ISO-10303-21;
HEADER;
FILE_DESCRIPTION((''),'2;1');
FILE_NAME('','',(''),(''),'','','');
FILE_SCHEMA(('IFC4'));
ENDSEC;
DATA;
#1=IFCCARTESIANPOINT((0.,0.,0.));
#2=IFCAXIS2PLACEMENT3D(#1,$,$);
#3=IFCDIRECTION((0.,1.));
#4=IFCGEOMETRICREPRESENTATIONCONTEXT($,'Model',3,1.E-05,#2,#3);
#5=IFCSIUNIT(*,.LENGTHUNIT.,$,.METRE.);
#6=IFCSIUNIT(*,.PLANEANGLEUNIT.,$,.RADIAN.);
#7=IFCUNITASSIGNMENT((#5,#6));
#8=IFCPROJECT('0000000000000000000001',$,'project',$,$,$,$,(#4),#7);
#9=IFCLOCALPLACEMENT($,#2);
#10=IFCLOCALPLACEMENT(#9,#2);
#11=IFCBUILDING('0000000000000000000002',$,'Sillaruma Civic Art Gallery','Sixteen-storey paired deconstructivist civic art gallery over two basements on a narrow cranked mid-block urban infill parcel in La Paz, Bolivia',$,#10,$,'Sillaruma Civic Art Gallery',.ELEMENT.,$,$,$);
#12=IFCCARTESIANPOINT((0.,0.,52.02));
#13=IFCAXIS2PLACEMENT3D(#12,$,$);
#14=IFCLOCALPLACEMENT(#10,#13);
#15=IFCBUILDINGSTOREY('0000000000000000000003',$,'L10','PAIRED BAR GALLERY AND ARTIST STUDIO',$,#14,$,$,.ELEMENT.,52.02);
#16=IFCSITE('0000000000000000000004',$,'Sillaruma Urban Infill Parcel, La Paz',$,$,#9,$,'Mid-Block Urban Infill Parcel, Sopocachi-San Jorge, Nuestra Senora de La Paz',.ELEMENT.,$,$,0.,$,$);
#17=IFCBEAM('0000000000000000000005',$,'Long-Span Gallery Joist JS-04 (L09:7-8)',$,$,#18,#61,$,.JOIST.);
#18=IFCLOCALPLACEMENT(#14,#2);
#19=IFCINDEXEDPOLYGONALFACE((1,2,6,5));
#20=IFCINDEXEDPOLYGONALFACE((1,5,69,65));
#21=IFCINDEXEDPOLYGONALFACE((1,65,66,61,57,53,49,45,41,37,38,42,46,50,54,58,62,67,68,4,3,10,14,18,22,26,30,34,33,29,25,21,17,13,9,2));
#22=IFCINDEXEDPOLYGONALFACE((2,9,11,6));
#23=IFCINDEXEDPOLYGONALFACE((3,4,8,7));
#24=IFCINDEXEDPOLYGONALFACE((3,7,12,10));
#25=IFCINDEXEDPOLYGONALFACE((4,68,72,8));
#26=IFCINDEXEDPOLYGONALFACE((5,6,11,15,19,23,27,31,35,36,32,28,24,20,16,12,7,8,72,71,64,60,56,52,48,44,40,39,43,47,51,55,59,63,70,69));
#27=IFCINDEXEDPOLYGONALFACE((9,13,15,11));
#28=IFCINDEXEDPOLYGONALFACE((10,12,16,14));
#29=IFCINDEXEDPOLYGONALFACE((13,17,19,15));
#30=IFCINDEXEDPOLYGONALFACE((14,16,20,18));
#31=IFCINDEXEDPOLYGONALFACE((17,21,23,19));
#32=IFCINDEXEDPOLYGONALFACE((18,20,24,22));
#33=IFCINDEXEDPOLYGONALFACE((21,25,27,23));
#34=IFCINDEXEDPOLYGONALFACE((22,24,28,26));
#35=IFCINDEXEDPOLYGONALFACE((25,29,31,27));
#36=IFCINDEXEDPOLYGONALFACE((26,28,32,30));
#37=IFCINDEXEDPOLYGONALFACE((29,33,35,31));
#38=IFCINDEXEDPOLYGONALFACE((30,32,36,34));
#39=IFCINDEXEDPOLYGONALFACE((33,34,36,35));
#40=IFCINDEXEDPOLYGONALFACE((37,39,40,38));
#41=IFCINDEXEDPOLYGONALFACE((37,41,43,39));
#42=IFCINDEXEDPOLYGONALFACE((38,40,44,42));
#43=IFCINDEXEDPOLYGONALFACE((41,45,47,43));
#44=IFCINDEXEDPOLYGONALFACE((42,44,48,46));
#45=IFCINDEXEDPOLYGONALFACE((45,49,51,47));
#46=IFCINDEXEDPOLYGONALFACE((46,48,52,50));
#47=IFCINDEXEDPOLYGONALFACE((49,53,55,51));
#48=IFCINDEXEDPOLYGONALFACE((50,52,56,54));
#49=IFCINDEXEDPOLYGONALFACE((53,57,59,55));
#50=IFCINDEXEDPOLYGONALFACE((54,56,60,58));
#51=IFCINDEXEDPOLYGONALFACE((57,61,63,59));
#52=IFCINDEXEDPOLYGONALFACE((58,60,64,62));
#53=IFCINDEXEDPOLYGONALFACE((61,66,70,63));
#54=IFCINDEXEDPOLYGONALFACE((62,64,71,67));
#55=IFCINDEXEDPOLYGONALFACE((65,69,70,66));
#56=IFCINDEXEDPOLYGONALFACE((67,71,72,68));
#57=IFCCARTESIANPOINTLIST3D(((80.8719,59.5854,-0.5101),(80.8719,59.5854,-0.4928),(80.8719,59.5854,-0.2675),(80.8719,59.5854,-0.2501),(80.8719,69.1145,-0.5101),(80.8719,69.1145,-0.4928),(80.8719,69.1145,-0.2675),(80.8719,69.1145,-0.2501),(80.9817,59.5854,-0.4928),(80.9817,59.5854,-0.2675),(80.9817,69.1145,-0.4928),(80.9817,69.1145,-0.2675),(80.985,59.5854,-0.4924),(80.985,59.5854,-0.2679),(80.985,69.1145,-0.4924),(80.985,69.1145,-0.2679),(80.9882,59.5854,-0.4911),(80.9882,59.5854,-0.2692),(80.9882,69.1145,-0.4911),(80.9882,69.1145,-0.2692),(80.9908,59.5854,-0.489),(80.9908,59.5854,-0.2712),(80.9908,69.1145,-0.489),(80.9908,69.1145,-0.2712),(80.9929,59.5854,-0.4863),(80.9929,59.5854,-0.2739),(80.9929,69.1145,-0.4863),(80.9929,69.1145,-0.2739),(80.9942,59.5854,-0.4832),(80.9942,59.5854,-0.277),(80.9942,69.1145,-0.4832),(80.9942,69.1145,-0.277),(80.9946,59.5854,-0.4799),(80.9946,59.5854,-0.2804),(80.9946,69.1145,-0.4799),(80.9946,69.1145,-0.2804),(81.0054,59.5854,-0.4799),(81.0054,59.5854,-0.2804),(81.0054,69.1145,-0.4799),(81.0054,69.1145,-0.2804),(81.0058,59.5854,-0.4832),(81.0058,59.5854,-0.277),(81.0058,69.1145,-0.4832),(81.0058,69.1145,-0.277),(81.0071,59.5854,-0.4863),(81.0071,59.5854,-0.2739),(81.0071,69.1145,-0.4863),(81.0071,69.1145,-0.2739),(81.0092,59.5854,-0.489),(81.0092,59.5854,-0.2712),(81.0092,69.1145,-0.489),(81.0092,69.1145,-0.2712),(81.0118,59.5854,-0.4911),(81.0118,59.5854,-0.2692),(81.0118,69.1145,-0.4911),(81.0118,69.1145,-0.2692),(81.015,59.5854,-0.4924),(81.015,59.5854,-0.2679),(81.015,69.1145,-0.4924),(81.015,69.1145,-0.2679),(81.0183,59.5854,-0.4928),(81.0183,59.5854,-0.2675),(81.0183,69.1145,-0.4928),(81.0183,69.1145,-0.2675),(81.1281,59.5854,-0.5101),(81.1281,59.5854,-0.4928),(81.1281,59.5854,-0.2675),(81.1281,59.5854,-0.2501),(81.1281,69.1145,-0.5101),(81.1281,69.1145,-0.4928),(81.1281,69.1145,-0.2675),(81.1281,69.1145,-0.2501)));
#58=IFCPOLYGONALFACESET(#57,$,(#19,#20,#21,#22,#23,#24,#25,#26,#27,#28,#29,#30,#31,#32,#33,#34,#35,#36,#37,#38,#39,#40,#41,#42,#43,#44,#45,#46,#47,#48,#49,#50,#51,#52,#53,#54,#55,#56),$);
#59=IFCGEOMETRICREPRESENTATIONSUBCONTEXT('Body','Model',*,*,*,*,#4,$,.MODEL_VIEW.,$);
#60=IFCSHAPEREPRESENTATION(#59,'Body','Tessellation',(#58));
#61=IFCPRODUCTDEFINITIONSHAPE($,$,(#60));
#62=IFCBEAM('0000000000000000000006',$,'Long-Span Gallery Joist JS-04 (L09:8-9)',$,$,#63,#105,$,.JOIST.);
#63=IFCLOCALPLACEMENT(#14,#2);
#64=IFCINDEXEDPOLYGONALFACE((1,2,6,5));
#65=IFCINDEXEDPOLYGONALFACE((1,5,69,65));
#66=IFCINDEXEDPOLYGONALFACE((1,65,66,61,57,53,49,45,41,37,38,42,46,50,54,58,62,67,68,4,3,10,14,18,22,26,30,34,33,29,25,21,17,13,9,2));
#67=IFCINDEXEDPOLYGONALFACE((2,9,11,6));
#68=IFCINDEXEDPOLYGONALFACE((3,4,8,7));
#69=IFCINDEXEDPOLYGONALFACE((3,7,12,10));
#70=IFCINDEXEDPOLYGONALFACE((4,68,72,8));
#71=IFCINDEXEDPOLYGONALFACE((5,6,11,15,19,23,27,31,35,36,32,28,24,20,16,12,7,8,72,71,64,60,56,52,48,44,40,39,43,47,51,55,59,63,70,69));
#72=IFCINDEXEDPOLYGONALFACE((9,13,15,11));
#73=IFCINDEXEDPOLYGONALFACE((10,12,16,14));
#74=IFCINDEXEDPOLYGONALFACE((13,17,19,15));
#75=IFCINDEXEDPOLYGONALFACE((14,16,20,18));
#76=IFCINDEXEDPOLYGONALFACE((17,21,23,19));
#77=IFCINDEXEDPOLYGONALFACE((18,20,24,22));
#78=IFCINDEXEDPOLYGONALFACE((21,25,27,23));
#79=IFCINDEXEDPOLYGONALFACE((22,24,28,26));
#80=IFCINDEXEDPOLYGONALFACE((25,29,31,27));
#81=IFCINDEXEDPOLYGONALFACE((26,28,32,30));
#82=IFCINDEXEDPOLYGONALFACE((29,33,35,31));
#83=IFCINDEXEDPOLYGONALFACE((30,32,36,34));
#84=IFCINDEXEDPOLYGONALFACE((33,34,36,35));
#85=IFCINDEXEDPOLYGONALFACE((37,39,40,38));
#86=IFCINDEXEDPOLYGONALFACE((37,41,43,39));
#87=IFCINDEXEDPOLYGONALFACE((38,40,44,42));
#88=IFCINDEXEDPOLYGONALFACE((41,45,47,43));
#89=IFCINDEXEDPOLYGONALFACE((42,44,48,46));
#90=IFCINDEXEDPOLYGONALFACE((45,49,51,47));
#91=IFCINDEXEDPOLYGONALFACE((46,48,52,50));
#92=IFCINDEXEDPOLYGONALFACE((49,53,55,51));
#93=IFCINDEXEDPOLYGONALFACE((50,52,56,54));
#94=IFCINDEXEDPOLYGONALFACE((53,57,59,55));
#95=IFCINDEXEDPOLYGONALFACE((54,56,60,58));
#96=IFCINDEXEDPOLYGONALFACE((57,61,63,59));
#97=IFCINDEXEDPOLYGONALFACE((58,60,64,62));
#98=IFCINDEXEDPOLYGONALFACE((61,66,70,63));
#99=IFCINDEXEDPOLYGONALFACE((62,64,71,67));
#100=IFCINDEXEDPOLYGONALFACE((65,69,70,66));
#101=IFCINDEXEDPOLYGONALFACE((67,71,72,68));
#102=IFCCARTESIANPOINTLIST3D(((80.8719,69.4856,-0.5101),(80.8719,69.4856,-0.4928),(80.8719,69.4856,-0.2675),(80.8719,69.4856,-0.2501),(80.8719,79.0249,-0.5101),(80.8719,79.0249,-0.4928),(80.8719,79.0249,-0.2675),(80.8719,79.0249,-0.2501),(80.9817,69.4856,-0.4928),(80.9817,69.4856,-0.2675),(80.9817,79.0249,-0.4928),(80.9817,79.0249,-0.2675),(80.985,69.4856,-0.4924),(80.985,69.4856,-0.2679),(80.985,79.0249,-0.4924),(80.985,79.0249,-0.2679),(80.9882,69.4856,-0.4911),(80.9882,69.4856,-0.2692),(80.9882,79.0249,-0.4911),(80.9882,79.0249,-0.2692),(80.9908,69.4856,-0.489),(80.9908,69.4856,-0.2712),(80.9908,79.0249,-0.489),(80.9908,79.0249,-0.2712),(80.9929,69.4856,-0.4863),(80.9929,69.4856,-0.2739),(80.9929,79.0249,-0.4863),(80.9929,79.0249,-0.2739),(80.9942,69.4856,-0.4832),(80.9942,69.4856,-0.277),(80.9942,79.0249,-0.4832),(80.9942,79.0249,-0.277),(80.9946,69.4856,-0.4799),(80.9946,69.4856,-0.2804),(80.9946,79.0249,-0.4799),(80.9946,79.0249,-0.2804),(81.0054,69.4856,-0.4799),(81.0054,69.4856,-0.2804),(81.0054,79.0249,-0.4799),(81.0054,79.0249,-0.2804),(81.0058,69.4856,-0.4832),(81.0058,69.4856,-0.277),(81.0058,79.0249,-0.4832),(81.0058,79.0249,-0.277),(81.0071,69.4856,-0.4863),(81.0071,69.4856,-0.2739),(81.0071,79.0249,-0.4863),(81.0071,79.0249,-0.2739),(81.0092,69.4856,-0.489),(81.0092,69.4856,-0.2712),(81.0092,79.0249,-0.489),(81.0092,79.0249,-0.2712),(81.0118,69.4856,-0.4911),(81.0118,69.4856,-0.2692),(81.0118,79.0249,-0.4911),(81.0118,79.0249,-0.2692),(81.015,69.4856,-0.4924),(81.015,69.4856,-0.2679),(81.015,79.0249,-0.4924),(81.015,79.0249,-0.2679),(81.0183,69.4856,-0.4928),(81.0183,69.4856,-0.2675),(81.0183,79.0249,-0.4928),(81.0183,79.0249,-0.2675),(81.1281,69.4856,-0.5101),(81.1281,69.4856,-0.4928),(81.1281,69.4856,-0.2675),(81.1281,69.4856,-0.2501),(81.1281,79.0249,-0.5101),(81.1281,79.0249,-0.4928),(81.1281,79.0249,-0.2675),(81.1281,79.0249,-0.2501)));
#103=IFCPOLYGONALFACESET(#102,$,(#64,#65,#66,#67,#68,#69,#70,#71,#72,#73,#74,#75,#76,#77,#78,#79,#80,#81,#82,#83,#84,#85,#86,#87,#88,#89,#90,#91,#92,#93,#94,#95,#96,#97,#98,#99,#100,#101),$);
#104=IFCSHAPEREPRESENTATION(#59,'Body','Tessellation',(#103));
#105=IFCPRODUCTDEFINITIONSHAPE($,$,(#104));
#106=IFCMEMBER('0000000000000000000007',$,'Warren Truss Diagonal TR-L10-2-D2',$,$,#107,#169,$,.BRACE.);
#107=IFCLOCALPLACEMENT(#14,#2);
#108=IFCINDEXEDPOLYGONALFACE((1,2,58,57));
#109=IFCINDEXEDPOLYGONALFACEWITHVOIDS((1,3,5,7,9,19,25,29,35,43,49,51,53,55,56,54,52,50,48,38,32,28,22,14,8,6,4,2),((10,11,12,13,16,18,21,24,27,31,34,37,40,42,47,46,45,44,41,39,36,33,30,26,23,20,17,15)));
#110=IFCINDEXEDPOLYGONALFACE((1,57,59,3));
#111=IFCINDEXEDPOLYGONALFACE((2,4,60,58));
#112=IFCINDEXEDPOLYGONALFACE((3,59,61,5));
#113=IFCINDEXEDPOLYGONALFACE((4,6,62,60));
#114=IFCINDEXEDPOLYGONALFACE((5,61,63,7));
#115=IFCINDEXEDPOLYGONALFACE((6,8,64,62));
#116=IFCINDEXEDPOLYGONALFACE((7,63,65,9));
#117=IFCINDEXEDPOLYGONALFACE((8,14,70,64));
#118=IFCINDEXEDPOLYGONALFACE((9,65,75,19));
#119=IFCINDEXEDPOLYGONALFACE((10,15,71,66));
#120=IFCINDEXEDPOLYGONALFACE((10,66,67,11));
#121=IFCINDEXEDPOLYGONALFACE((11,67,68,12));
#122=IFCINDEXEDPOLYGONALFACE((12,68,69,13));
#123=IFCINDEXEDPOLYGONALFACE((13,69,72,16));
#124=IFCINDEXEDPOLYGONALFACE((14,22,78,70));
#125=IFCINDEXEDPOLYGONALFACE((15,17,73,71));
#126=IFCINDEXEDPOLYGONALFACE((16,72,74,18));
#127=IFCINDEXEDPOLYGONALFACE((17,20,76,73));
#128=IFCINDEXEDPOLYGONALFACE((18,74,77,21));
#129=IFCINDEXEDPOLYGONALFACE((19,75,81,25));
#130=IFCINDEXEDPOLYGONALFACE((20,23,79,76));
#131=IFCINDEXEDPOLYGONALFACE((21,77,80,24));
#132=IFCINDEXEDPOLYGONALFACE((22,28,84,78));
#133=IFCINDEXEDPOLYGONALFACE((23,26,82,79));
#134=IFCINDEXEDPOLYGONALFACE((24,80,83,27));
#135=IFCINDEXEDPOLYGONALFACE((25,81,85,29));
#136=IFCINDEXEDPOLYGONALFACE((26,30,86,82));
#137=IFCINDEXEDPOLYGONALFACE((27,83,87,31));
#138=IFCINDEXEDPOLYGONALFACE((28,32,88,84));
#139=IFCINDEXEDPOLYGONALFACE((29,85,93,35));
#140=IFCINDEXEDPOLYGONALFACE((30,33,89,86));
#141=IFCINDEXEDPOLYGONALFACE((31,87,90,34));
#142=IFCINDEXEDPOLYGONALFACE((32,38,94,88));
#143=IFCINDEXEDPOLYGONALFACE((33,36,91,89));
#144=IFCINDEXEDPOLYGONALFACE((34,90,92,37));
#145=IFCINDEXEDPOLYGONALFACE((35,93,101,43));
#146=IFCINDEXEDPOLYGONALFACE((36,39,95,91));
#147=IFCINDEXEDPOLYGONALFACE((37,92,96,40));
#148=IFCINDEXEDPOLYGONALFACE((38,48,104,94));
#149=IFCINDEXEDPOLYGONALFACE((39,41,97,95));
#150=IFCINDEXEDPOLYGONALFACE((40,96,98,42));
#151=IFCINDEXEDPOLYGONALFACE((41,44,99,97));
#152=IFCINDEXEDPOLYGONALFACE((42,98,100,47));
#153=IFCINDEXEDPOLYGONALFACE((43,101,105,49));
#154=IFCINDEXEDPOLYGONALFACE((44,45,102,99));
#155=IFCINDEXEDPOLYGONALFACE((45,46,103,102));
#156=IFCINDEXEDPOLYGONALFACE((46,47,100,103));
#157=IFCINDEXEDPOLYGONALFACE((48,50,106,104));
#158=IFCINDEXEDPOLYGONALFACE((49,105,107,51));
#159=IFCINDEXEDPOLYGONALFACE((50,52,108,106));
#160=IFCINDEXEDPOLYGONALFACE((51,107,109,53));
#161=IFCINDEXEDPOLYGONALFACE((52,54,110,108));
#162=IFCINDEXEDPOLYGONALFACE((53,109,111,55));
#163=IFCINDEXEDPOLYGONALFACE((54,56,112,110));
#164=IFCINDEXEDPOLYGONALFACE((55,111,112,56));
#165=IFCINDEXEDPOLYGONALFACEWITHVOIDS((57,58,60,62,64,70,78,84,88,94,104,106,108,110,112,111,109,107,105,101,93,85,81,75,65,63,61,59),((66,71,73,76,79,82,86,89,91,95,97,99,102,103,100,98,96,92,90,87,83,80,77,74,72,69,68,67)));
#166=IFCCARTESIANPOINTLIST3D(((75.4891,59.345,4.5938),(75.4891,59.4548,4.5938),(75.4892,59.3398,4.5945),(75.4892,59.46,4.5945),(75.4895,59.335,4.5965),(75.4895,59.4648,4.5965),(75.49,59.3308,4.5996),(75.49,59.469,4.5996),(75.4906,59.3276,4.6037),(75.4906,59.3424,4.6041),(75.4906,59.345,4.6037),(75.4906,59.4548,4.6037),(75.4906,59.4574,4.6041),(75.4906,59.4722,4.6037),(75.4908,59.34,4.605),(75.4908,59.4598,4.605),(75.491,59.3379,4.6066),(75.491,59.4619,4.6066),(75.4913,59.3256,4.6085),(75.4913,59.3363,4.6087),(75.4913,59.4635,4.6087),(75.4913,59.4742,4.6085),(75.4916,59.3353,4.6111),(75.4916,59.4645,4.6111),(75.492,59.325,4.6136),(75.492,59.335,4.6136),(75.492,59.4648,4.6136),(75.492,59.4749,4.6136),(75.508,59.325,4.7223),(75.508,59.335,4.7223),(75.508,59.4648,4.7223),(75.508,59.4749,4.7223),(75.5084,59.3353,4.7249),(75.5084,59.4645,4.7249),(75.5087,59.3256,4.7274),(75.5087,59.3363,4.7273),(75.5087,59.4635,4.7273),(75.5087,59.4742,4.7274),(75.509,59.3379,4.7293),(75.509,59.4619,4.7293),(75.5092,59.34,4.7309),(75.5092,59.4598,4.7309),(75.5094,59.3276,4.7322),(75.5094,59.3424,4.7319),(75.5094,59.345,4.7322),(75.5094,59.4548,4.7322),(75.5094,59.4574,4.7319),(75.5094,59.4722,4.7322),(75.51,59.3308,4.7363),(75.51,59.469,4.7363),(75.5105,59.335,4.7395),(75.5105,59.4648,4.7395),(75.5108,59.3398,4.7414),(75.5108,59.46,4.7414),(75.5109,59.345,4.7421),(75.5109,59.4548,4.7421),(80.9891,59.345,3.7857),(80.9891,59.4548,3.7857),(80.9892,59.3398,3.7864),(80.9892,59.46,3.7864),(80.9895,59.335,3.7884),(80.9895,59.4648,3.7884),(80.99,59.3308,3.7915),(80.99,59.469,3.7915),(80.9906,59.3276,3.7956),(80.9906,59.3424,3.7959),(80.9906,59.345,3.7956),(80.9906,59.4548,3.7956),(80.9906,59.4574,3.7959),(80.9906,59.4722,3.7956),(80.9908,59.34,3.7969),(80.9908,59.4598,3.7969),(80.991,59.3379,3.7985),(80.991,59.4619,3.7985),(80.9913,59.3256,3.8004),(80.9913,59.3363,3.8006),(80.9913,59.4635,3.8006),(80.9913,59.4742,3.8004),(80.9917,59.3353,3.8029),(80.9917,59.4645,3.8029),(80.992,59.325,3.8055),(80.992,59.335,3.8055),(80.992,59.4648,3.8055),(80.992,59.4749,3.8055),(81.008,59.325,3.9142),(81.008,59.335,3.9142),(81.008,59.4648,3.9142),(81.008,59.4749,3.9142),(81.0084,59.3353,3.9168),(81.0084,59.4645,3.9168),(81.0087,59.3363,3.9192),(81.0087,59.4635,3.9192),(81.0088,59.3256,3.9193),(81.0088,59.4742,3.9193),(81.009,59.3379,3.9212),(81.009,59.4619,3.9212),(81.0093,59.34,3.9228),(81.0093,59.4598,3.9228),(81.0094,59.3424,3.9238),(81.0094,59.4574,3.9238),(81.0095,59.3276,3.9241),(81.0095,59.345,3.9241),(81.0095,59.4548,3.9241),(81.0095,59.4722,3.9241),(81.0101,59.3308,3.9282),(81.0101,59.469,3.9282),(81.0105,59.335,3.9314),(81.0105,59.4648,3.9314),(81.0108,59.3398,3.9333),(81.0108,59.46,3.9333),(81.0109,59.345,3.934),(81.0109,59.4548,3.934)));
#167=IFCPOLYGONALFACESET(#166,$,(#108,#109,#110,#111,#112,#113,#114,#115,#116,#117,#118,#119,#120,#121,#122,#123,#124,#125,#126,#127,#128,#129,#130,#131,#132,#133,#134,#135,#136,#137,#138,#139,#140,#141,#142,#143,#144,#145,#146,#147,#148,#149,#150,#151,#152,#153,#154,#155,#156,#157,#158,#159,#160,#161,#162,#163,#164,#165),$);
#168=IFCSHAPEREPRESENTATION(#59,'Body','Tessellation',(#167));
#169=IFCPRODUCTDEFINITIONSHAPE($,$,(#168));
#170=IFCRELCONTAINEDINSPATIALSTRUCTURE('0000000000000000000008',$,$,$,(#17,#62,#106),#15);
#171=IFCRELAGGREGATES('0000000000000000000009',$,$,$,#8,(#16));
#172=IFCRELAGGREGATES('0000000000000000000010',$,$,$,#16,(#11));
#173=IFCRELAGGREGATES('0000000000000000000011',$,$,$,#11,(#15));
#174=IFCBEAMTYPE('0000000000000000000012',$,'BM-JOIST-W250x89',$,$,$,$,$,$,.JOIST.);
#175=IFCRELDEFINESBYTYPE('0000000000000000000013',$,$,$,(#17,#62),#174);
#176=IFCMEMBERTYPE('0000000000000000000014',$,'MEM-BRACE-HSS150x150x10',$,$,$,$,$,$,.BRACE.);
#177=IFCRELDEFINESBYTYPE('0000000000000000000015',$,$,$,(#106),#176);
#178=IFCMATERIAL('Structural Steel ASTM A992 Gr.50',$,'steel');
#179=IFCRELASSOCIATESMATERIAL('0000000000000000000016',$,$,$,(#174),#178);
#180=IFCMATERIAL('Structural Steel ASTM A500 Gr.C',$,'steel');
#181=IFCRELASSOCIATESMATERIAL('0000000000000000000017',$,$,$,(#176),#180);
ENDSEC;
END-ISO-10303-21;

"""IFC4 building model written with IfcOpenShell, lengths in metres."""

from ifc_helpers import new_model, si_unit, direction, frame, origin, origin_2d, place, context, subcontext, project, spatial, hollow_rectangle, i_section, extrude, material, material_profile, profile_set, type_object, element, save


model = new_model("IFC4")

# Units and contexts
model_context = context("Model", 3, precision=1e-05, world=origin(), true_north=direction((0.0, 1.0)))
body_context = subcontext(model_context, "Body", "Model", "MODEL_VIEW")
ifc_project = project(units=[si_unit("LENGTHUNIT", "METRE"), si_unit("PLANEANGLEUNIT", "RADIAN")], contexts=[model_context])

# Site, building, storey
site_placement = place(None, origin())
site = spatial("IfcSite", under=ifc_project, at=site_placement, Name="Sillaruma Urban Infill Parcel, La Paz", LongName="Mid-Block Urban Infill Parcel, Sopocachi-San Jorge, Nuestra Senora de La Paz", CompositionType="ELEMENT", RefElevation=0.0)
building_placement = place(site_placement, origin())
building = spatial("IfcBuilding", under=site, at=building_placement, Name="Sillaruma Civic Art Gallery", Description="Sixteen-storey paired deconstructivist civic art gallery over two basements on a narrow cranked mid-block urban infill parcel in La Paz, Bolivia", LongName="Sillaruma Civic Art Gallery", CompositionType="ELEMENT")
storey_placement = place(building_placement, frame((0.0, 0.0, 52.02)))
storey = spatial("IfcBuildingStorey", under=building, at=storey_placement, Name="L10", Description="PAIRED BAR GALLERY AND ARTIST STUDIO", CompositionType="ELEMENT", Elevation=52.02)

# Beams
ifc_material_1 = material(Name="Structural Steel ASTM A992 Gr.50", Category="steel")
ifc_material_profile_1 = material_profile(ifc_material_1, i_section(OverallWidth=0.2561, OverallDepth=0.26, WebThickness=0.0107, FlangeThickness=0.0173, FilletRadius=0.0129, at=origin_2d()), Name="W250x89")
ifc_profile_set_1 = profile_set([ifc_material_profile_1], Name="Structural Steel ASTM A992 Gr.50")
beam_type = type_object("IfcBeamType", Name="BM-JOIST-W250x89", PredefinedType="JOIST", material=ifc_profile_set_1)
beam_1_placement = place(storey_placement, frame((81.0, 59.5854, -0.3801), z_axis=(0.0, 1.0, 0.0), x_axis=(-1.0, 0.0, 0.0)))
element("IfcBeam", 1, at=beam_1_placement, inside=storey, type_object=beam_type, Name="Long-Span Gallery Joist JS-04 (L09:7-8)", PredefinedType="JOIST", context=body_context, shape_type="SweptSolid", body=[
    extrude(i_section(OverallWidth=0.2561, OverallDepth=0.26, WebThickness=0.0107, FlangeThickness=0.0173, FilletRadius=0.0129, at=origin_2d()), origin(), (0.0, 0.0, 1.0), 9.5291),
])
beam_2_placement = place(storey_placement, frame((81.0, 69.4856, -0.3801), z_axis=(0.0, 1.0, 0.0), x_axis=(-1.0, 0.0, 0.0)))
element("IfcBeam", 2, at=beam_2_placement, inside=storey, type_object=beam_type, Name="Long-Span Gallery Joist JS-04 (L09:8-9)", PredefinedType="JOIST", context=body_context, shape_type="SweptSolid", body=[
    extrude(i_section(OverallWidth=0.2561, OverallDepth=0.26, WebThickness=0.0107, FlangeThickness=0.0173, FilletRadius=0.0129, at=origin_2d()), origin(), (0.0, 0.0, 1.0), 9.5393),
])

# Member
ifc_material_2 = material(Name="Structural Steel ASTM A500 Gr.C", Category="steel")
ifc_material_profile_2 = material_profile(ifc_material_2, hollow_rectangle(XDim=0.1499, YDim=0.1499, WallThickness=0.01, InnerFilletRadius=0.01, OuterFilletRadius=0.02, at=origin_2d()), Name="HSS150x150x10")
ifc_profile_set_2 = profile_set([ifc_material_profile_2], Name="Structural Steel ASTM A500 Gr.C")
member_type_1 = type_object("IfcMemberType", Name="MEM-BRACE-HSS150x150x10", PredefinedType="BRACE", material=ifc_profile_set_2)
for number, where, z_axis, x_axis, name in (
    (3, (75.5, 59.3999, 4.668), (0.989378, 0.0, -0.145368), (0.0, 1.0, 0.0), "Warren Truss Diagonal TR-L10-2-D2"),
):
    element("IfcMember", number, at=place(storey_placement, frame(where, z_axis=z_axis, x_axis=x_axis)), inside=storey, type_object=member_type_1, Name=name, PredefinedType="BRACE", context=body_context, shape_type="SweptSolid", body=[
        extrude(hollow_rectangle(XDim=0.1499, YDim=0.1499, WallThickness=0.01, InnerFilletRadius=0.01, OuterFilletRadius=0.02, at=origin_2d()), origin(), (0.0, 0.0, 1.0), 5.5591),
    ])

save(model, "model.ifc")
